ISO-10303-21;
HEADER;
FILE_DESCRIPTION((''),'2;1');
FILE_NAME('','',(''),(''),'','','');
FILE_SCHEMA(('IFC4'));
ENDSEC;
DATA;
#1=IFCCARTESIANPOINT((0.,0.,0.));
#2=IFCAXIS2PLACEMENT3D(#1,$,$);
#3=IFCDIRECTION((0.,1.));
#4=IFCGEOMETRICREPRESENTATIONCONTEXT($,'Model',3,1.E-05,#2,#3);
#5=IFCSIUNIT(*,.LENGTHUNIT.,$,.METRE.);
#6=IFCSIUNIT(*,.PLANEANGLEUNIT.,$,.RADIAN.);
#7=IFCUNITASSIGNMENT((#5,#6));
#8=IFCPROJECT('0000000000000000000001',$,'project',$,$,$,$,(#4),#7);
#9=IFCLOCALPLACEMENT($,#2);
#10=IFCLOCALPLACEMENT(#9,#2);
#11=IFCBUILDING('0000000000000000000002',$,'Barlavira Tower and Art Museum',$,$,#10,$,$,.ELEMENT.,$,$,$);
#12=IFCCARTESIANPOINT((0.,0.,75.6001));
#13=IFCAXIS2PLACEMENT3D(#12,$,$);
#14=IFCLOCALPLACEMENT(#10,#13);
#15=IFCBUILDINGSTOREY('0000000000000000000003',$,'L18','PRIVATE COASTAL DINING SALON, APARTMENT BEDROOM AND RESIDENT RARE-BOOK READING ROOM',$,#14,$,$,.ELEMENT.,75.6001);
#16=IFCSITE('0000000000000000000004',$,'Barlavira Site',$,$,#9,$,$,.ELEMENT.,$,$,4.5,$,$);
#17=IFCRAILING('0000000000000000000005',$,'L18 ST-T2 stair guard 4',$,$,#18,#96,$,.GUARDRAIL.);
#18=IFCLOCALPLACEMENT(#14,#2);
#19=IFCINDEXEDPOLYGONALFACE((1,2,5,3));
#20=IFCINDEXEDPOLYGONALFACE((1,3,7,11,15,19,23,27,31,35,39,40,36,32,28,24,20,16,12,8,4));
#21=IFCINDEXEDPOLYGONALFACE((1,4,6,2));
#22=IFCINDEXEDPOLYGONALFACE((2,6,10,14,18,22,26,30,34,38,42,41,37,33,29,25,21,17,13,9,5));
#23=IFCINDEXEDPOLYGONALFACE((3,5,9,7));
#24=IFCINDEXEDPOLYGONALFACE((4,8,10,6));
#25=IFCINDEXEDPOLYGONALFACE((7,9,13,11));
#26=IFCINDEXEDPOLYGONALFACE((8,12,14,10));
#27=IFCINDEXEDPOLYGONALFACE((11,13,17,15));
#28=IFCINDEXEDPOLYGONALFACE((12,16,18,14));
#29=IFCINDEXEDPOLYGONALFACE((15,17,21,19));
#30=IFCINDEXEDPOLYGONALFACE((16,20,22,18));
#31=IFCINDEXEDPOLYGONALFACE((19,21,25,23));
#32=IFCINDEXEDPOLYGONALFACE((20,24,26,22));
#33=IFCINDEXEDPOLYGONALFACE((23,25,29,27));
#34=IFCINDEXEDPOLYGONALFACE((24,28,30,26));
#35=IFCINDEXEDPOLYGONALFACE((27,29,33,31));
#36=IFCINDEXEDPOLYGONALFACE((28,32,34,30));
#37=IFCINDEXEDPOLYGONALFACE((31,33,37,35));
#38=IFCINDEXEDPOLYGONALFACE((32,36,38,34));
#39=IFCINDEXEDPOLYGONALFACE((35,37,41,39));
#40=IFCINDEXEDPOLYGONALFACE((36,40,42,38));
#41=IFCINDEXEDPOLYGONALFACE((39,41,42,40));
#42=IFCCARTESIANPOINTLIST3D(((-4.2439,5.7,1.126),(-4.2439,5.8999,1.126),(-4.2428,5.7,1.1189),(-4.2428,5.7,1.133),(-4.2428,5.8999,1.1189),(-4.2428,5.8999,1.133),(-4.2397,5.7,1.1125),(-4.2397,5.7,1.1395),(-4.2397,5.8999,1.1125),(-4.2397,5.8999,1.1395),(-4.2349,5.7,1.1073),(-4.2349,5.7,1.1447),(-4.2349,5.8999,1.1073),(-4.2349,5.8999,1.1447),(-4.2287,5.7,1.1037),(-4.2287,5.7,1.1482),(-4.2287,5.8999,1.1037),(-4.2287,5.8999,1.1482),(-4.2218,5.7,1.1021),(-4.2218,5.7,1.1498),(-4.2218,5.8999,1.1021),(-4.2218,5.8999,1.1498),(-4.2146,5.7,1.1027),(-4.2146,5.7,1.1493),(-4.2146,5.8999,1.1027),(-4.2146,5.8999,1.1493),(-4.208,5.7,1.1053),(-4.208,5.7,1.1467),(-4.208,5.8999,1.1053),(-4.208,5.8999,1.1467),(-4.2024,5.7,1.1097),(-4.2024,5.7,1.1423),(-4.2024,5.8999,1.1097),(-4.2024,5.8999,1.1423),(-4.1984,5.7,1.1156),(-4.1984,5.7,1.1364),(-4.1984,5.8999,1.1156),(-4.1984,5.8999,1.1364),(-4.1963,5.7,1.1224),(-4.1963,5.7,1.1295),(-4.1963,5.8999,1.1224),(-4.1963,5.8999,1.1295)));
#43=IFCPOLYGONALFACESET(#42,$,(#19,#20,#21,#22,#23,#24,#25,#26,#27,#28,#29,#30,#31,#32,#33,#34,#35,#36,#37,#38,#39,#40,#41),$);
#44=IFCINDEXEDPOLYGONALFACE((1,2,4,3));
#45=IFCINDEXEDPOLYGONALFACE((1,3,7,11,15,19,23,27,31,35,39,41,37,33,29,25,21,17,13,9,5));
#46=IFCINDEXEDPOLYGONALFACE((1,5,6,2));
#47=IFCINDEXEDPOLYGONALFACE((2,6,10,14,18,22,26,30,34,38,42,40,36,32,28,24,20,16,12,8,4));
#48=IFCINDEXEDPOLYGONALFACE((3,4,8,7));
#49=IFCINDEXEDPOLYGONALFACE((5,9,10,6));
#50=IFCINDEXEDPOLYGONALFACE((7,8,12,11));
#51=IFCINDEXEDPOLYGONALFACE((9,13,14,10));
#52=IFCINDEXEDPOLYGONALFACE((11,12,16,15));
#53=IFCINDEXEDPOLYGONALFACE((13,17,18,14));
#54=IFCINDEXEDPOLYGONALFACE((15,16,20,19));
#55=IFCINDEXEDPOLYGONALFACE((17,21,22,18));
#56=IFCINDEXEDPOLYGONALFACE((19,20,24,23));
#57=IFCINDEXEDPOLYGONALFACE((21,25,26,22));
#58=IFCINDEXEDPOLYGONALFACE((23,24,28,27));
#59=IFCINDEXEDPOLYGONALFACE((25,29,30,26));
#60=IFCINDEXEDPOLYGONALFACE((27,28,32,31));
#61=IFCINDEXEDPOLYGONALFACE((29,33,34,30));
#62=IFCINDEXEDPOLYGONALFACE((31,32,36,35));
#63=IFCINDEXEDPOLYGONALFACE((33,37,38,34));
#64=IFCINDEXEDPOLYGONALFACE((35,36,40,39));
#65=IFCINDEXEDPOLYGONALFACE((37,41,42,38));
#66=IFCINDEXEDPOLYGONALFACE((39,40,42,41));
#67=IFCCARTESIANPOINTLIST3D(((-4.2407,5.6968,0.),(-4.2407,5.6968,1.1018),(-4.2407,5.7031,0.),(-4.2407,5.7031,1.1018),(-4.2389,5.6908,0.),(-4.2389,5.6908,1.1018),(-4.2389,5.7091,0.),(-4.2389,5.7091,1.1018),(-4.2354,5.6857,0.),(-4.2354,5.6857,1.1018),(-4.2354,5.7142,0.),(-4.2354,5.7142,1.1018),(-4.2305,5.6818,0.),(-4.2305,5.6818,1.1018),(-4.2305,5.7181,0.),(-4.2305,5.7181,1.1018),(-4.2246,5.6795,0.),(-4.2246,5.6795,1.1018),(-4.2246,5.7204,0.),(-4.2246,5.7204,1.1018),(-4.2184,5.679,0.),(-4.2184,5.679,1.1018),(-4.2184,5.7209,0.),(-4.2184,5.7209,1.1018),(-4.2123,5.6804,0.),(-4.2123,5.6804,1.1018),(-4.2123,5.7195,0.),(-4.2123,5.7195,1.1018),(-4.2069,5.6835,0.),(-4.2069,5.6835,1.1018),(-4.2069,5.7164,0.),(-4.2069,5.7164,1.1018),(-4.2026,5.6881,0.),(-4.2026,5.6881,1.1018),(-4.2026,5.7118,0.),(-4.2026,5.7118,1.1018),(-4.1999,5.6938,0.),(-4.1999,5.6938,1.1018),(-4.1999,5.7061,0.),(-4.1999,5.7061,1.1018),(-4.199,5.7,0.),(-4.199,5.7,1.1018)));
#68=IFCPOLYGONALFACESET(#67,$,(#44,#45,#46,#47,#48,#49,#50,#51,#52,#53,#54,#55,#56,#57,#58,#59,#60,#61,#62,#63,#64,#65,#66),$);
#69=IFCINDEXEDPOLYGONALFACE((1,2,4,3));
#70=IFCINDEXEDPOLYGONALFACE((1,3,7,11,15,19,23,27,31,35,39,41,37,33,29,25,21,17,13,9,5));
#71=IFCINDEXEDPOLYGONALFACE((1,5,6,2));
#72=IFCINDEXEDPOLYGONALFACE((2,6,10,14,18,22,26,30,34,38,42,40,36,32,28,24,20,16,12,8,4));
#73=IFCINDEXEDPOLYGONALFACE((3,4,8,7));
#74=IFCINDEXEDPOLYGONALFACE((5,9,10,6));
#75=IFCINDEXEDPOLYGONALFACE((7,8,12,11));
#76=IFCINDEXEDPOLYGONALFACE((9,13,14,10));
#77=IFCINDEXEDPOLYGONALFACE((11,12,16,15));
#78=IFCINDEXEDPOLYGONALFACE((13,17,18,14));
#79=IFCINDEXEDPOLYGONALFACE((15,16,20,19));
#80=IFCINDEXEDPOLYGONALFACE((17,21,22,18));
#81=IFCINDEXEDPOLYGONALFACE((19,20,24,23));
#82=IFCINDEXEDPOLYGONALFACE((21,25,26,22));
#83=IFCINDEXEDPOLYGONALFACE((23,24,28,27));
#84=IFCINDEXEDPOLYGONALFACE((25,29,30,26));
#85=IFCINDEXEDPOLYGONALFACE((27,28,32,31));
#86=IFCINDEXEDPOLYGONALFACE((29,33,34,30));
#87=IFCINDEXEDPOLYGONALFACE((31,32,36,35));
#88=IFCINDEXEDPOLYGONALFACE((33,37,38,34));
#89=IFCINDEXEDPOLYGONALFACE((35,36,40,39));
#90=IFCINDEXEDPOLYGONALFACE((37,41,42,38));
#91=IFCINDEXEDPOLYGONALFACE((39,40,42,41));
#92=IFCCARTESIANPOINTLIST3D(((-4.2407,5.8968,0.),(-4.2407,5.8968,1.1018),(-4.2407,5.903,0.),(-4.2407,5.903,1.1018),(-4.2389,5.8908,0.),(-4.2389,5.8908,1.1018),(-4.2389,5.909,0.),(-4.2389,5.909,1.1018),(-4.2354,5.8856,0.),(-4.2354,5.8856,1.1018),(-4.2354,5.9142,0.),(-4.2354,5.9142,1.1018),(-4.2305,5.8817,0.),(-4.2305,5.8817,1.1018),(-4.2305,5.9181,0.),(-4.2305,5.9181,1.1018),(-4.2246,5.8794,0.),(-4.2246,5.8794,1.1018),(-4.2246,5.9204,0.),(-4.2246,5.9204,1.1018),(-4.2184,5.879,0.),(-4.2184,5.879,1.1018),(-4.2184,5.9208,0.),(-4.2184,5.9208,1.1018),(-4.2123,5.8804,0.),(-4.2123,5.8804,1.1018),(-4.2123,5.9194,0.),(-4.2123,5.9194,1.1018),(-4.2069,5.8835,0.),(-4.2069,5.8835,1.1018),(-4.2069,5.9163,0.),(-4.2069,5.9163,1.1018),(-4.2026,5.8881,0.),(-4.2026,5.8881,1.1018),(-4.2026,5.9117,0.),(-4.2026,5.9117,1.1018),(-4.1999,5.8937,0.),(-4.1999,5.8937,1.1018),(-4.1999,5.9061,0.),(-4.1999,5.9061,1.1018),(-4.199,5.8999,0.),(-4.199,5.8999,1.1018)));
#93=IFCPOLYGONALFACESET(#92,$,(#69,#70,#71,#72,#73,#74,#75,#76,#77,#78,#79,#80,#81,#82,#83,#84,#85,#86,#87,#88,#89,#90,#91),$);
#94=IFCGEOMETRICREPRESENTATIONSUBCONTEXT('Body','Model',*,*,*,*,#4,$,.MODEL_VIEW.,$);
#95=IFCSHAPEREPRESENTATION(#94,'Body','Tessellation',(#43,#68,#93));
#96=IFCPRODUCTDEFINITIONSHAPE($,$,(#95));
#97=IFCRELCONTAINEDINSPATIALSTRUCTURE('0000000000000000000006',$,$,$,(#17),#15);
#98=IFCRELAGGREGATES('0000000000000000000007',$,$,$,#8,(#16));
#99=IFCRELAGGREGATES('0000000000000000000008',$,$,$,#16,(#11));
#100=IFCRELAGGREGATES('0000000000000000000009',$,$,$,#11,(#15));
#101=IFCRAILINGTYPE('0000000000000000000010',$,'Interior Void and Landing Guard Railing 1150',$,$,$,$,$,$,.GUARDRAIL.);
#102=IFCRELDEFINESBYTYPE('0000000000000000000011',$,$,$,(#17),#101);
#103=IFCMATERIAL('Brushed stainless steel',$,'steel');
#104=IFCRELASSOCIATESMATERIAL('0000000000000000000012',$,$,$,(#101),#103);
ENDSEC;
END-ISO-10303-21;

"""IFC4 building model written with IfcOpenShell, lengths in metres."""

from ifc_helpers import new_model, si_unit, direction, frame, origin, origin_2d, place, context, subcontext, project, spatial, circle, extrude, material, type_object, element, save


model = new_model("IFC4")

# Units and contexts
model_context = context("Model", 3, precision=1e-05, world=origin(), true_north=direction((0.0, 1.0)))
body_context = subcontext(model_context, "Body", "Model", "MODEL_VIEW")
ifc_project = project(units=[si_unit("LENGTHUNIT", "METRE"), si_unit("PLANEANGLEUNIT", "RADIAN")], contexts=[model_context])

# Site, building, storey
site_placement = place(None, origin())
site = spatial("IfcSite", under=ifc_project, at=site_placement, Name="Barlavira Site", CompositionType="ELEMENT", RefElevation=4.5)
building_placement = place(site_placement, origin())
building = spatial("IfcBuilding", under=site, at=building_placement, Name="Barlavira Tower and Art Museum", CompositionType="ELEMENT")
storey_placement = place(building_placement, frame((0.0, 0.0, 75.6001)))
storey = spatial("IfcBuildingStorey", under=building, at=storey_placement, Name="L18", Description="PRIVATE COASTAL DINING SALON, APARTMENT BEDROOM AND RESIDENT RARE-BOOK READING ROOM", CompositionType="ELEMENT", Elevation=75.6001)

# Shared definitions
ifc_material_1 = material(Name="Brushed stainless steel", Category="steel")

# Railing
railing_type_1 = type_object("IfcRailingType", Name="Interior Void and Landing Guard Railing 1150", PredefinedType="GUARDRAIL", material=ifc_material_1)
railing_1_placement = place(storey_placement, frame((-4.22, 5.7, 0.0)))
element("IfcRailing", 1, at=railing_1_placement, inside=storey, type_object=railing_type_1, Name="L18 ST-T2 stair guard 4", PredefinedType="GUARDRAIL", context=body_context, shape_type="SweptSolid", body=[
    extrude(circle(Radius=0.0239, at=origin_2d()), frame((0.0, 0.0, 1.126), z_axis=(0.0, 1.0, 0.0), x_axis=(-1.0, 0.0, 0.0)), (0.0, 0.0, 1.0), 0.2),
    extrude(circle(Radius=0.021, at=origin_2d()), origin(), (0.0, 0.0, 1.0), 1.1018),
    extrude(circle(Radius=0.021, at=origin_2d()), frame((0.0, 0.2, 0.0)), (0.0, 0.0, 1.0), 1.1018),
])

save(model, "model.ifc")
